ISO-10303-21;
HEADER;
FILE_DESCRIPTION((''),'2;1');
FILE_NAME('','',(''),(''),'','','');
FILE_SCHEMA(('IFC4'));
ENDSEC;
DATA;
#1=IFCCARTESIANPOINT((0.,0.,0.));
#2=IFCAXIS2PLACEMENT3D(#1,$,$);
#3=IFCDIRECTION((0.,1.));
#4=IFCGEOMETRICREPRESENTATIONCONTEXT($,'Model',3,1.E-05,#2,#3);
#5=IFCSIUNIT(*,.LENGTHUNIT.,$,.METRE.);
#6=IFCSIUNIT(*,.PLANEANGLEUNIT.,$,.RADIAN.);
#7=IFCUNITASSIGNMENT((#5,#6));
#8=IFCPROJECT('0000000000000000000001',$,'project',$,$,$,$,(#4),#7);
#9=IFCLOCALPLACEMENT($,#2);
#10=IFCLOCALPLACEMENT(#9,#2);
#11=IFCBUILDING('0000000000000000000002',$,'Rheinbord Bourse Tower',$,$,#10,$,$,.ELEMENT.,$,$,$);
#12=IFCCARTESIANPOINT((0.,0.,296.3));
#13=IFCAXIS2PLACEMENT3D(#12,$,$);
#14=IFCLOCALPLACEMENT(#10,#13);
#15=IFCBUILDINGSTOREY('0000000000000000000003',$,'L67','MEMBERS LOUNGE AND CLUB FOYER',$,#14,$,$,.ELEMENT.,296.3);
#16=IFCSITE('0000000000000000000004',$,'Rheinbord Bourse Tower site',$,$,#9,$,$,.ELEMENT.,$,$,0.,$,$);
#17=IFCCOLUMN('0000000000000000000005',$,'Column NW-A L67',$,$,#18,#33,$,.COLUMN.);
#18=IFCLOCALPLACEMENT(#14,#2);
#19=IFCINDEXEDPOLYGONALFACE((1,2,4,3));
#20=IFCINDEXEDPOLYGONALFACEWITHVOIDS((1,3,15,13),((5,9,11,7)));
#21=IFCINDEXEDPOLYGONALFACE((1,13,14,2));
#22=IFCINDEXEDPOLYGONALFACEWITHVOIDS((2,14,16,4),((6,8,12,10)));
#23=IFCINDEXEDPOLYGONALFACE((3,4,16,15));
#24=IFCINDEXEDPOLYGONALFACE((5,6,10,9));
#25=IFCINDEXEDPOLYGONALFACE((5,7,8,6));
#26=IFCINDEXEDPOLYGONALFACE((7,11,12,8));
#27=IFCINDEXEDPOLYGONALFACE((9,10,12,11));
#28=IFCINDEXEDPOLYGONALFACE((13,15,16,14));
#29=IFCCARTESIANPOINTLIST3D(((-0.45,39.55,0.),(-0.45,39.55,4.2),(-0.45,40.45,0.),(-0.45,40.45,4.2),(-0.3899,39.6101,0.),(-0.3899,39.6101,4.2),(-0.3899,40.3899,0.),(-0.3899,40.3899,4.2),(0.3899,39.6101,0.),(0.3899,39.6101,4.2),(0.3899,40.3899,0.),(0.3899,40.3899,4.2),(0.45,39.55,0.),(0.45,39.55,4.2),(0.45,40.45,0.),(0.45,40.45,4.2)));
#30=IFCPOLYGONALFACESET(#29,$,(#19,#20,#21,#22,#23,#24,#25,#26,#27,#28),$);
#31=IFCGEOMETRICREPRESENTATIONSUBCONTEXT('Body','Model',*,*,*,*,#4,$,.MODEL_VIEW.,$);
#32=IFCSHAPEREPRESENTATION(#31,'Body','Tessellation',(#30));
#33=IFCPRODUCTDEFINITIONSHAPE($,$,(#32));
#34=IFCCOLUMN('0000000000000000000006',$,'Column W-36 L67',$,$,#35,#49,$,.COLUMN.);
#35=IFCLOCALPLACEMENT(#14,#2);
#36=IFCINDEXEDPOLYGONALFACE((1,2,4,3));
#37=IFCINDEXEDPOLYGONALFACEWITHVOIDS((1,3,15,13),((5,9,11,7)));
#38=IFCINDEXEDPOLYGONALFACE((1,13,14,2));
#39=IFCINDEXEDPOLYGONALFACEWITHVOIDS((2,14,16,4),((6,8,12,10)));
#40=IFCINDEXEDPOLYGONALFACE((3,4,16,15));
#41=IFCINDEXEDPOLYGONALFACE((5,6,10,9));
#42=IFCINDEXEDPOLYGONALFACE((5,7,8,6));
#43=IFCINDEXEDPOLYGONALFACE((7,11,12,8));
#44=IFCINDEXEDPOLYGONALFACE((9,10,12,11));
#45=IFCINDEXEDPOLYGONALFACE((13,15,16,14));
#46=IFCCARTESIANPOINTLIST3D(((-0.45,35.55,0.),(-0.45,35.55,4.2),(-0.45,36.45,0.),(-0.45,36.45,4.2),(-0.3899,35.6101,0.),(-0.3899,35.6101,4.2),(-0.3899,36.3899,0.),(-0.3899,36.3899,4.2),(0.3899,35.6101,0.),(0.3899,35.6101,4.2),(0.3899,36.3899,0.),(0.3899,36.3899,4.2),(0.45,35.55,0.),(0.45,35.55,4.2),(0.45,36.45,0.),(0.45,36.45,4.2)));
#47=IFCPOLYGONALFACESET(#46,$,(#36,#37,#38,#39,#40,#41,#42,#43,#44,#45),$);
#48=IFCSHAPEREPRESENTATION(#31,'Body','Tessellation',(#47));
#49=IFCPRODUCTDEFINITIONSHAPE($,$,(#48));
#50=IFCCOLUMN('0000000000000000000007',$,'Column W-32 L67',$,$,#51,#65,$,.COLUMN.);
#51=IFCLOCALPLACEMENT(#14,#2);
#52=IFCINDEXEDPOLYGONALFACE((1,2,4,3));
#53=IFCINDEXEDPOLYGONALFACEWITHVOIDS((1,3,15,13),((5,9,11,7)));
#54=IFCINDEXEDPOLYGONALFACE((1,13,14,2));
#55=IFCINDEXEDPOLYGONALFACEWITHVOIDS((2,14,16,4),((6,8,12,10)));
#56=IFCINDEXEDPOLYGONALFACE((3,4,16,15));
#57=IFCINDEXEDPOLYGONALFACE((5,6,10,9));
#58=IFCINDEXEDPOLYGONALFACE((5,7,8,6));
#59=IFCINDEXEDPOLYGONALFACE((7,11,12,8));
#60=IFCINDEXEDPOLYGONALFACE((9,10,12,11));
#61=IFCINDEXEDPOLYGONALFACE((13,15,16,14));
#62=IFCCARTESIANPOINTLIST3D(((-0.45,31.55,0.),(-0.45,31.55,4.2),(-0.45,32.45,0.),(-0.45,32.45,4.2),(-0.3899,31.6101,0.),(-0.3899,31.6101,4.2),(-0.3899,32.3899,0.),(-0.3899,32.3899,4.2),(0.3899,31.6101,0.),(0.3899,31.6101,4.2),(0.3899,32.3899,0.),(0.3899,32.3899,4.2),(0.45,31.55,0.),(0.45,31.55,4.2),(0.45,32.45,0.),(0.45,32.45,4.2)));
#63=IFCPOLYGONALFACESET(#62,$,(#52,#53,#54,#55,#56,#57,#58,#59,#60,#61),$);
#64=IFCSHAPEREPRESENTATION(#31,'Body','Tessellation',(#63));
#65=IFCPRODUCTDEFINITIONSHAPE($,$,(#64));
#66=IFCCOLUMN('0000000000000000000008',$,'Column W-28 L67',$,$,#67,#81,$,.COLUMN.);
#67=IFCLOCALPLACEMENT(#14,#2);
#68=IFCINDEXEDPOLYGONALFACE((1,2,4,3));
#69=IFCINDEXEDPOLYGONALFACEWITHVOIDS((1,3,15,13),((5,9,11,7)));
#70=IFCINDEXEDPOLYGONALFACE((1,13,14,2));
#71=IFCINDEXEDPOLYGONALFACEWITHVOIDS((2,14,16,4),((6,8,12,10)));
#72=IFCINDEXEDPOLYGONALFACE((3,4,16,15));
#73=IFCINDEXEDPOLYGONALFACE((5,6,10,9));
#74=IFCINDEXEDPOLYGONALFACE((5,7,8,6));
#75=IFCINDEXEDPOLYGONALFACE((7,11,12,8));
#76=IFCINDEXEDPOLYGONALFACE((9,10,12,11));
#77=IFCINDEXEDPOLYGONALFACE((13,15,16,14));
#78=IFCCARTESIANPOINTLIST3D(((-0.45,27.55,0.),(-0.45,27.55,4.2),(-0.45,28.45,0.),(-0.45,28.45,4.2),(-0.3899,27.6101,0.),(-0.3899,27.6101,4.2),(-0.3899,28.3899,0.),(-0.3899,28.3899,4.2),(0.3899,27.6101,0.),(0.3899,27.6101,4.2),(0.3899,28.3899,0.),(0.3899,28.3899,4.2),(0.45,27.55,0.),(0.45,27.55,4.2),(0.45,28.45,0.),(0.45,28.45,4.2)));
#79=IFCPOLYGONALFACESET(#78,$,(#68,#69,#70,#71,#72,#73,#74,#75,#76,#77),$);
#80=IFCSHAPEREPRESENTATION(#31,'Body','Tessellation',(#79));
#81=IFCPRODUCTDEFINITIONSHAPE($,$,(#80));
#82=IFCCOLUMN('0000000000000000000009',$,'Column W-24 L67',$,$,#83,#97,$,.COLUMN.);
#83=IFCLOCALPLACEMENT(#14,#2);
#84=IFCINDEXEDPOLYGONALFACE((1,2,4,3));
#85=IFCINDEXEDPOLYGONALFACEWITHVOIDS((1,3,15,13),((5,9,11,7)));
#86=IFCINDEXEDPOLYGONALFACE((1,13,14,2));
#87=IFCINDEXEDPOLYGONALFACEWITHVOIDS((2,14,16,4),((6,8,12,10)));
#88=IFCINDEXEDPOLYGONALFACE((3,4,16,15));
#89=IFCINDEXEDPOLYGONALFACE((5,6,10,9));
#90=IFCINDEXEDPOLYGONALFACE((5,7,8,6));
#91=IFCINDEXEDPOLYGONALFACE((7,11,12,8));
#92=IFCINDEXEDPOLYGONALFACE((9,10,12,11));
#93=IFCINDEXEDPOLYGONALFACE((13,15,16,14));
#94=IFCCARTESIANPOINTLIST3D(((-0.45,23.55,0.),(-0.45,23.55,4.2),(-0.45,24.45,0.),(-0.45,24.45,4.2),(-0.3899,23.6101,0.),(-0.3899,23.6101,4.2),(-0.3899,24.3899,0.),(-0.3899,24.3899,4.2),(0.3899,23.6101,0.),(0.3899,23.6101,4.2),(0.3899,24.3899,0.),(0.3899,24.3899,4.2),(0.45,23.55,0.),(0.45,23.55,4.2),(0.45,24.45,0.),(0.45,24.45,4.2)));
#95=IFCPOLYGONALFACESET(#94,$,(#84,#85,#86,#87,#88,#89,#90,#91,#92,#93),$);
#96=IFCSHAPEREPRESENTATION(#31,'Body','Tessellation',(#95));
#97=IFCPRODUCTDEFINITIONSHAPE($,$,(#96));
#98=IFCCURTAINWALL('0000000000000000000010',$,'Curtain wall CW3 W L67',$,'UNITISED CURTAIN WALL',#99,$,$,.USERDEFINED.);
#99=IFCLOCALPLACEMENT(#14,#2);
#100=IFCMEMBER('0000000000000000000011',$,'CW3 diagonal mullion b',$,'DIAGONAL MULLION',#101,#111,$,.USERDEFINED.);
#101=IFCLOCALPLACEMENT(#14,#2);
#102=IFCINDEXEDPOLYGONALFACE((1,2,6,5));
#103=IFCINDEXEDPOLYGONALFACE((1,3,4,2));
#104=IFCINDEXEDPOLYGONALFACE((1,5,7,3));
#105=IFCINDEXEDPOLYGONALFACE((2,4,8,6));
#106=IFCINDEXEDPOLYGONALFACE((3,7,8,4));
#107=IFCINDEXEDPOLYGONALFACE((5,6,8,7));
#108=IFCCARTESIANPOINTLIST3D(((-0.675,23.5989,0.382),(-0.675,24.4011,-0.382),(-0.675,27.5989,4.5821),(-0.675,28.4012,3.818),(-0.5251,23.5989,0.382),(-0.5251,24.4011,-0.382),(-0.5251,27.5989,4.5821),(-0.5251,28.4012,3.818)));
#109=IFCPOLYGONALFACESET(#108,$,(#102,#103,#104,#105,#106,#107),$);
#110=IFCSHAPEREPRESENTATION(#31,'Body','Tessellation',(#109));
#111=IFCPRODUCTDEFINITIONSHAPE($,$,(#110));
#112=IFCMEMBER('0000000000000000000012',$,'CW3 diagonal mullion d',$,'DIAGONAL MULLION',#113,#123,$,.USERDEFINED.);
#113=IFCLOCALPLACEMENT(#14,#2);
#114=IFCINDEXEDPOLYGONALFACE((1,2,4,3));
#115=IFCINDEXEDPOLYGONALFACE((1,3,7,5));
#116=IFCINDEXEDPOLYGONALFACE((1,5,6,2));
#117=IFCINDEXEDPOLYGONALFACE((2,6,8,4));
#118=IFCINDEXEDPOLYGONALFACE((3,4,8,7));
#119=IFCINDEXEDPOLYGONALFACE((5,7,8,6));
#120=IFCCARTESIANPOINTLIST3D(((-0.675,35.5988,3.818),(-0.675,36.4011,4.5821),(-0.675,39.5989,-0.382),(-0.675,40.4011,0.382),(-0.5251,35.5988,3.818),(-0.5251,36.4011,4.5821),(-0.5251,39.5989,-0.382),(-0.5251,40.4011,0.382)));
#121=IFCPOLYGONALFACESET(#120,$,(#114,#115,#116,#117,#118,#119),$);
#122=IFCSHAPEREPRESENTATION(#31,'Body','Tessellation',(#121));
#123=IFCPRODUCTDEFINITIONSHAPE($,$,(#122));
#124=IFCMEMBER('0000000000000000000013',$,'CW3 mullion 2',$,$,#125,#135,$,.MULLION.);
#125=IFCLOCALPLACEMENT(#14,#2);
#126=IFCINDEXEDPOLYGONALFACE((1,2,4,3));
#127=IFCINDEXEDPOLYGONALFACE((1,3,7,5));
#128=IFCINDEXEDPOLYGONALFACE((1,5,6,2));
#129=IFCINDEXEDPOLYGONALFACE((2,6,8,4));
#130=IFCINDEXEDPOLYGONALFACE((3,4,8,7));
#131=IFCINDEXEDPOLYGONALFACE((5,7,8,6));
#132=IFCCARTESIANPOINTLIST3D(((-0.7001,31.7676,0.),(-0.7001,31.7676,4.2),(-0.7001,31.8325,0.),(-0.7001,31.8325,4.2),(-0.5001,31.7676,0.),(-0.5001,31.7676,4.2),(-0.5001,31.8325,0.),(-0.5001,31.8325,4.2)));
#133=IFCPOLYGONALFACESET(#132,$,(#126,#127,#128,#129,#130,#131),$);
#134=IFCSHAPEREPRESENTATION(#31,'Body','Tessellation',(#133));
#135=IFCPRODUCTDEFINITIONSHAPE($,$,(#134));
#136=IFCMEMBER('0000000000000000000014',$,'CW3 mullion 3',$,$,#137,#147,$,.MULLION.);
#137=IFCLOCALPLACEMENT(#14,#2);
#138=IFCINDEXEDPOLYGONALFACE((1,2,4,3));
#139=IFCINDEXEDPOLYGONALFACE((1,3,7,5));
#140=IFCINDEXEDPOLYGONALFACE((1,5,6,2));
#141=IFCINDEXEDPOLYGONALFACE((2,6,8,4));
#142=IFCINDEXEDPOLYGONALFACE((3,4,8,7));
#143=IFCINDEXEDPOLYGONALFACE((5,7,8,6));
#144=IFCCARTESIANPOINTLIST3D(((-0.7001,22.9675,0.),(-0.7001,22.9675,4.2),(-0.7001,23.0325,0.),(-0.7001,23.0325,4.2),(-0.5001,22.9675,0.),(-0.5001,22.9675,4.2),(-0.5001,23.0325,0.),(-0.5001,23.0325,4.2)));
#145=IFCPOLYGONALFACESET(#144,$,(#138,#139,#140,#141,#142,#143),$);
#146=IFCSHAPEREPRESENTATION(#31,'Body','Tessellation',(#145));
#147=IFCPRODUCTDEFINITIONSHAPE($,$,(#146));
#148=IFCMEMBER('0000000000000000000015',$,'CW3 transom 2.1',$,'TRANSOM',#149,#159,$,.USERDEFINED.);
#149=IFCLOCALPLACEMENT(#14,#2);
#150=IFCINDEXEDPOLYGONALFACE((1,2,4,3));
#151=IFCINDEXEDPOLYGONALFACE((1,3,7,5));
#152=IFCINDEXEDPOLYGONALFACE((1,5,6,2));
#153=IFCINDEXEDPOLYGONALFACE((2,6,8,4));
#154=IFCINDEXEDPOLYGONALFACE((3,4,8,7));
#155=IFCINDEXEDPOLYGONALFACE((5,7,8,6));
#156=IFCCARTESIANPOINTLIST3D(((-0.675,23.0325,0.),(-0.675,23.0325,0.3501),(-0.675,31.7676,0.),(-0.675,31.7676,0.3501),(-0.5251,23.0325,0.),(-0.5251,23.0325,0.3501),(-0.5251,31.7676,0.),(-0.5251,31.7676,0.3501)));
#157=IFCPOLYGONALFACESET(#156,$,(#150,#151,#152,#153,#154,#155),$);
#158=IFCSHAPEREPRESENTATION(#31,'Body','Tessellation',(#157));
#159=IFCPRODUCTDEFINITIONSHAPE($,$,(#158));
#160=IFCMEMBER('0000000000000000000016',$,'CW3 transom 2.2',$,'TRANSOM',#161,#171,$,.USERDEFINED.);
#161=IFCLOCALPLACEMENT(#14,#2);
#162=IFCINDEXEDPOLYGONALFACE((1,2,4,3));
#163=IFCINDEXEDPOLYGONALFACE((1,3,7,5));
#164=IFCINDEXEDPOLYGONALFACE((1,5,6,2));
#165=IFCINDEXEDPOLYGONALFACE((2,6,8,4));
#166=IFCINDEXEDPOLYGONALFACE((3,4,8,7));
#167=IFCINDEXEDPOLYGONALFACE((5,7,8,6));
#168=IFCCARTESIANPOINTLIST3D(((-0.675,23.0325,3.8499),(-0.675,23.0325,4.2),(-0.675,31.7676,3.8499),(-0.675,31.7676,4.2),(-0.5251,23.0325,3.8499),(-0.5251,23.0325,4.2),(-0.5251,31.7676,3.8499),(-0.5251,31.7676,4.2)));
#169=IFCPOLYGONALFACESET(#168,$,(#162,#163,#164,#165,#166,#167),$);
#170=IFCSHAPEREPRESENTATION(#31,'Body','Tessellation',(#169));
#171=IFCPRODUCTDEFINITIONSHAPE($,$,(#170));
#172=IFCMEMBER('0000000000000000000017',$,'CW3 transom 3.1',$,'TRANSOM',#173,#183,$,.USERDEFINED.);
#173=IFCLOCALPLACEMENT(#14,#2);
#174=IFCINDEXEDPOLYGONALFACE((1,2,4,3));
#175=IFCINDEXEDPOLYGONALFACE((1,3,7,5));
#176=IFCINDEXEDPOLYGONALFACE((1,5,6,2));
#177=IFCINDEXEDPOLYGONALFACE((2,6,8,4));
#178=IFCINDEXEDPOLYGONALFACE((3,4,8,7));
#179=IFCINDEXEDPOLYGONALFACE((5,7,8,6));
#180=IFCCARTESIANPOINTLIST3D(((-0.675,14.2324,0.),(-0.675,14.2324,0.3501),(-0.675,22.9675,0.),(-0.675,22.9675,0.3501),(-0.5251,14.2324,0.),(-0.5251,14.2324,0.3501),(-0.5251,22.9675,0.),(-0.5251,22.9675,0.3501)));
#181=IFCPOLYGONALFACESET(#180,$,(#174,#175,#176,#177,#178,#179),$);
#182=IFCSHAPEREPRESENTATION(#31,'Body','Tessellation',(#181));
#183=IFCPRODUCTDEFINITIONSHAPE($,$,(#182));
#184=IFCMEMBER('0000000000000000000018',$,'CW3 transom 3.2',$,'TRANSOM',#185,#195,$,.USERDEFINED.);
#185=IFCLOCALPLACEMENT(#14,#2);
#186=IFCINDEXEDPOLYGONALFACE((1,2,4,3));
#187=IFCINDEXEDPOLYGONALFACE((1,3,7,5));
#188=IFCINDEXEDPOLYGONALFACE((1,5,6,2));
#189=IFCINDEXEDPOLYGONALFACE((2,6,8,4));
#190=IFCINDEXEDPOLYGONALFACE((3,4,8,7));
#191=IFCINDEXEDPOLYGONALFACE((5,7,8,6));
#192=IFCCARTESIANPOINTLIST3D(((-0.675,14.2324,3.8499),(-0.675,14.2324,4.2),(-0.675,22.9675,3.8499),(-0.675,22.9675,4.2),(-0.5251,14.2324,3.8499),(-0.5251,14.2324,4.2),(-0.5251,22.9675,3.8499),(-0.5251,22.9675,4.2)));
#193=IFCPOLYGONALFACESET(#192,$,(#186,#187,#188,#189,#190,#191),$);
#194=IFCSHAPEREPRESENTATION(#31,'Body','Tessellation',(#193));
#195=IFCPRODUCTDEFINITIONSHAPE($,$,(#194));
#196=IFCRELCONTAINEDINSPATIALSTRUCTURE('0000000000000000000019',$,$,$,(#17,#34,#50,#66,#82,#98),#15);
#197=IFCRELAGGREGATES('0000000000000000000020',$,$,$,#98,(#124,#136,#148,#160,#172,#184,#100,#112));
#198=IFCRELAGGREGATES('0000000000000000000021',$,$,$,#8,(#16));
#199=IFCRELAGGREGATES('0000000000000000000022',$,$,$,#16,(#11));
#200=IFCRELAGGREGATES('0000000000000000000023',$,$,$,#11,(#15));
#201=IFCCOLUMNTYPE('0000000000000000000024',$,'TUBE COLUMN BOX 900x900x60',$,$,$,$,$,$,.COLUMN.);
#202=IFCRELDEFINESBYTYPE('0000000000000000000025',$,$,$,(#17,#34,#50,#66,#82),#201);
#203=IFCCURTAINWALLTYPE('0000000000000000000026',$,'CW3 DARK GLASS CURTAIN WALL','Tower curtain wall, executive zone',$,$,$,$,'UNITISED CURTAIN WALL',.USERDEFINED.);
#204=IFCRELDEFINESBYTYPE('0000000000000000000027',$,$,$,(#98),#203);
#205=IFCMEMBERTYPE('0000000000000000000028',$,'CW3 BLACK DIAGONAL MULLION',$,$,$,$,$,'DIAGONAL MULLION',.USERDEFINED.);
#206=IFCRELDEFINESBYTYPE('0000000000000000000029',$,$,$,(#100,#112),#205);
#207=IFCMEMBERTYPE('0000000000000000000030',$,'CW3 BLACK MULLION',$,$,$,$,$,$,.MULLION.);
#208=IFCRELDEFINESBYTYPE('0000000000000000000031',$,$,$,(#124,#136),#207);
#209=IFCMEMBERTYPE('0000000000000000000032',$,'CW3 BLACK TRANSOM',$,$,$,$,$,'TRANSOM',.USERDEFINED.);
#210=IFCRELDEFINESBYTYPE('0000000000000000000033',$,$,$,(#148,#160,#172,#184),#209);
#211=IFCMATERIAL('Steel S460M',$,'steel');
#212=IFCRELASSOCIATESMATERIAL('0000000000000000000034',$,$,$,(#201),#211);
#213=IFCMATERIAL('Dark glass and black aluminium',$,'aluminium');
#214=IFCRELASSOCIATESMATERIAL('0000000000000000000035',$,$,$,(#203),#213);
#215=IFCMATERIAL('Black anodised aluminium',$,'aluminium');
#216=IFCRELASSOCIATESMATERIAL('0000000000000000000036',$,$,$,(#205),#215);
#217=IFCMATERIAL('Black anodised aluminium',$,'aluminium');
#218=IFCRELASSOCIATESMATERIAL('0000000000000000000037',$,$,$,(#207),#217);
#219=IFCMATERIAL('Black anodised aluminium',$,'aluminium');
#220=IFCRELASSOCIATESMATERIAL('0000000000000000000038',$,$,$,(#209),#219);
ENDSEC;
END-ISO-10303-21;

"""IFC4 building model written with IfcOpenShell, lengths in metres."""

from ifc_helpers import new_model, si_unit, direction, frame, origin, origin_2d, place, context, subcontext, project, spatial, rectangle, hollow_rectangle, extrude, material, material_profile, profile_set, type_object, element, aggregate, save


model = new_model("IFC4")

# Units and contexts
model_context = context("Model", 3, precision=1e-05, world=origin(), true_north=direction((0.0, 1.0)))
body_context = subcontext(model_context, "Body", "Model", "MODEL_VIEW")
ifc_project = project(units=[si_unit("LENGTHUNIT", "METRE"), si_unit("PLANEANGLEUNIT", "RADIAN")], contexts=[model_context])

# Site, building, storey
site_placement = place(None, origin())
site = spatial("IfcSite", under=ifc_project, at=site_placement, Name="Rheinbord Bourse Tower site", CompositionType="ELEMENT", RefElevation=0.0)
building_placement = place(site_placement, origin())
building = spatial("IfcBuilding", under=site, at=building_placement, Name="Rheinbord Bourse Tower", CompositionType="ELEMENT")
storey_placement = place(building_placement, frame((0.0, 0.0, 296.3)))
storey = spatial("IfcBuildingStorey", under=building, at=storey_placement, Name="L67", Description="MEMBERS LOUNGE AND CLUB FOYER", CompositionType="ELEMENT", Elevation=296.3)

# Columns
ifc_material_1 = material(Name="Steel S460M", Category="steel")
ifc_material_profile_1 = material_profile(ifc_material_1, hollow_rectangle(XDim=0.8999, YDim=0.8999, WallThickness=0.0601, at=origin_2d()), Name="BOX 900x900x60")
ifc_profile_set_1 = profile_set([ifc_material_profile_1], Name="Steel S460M")
column_type = type_object("IfcColumnType", Name="TUBE COLUMN BOX 900x900x60", PredefinedType="COLUMN", material=ifc_profile_set_1)
for number, where, z_axis, x_axis, name in (
    (1, (0.0, 40.0, 0.0), (0.0, 0.0, 1.0), (1.0, 0.0, 0.0), "Column NW-A L67"),
    (2, (0.0, 36.0, 0.0), (0.0, 0.0, 1.0), (1.0, 0.0, 0.0), "Column W-36 L67"),
    (3, (0.0, 32.0, 0.0), (0.0, 0.0, 1.0), (1.0, 0.0, 0.0), "Column W-32 L67"),
    (4, (0.0, 28.0, 0.0), (0.0, 0.0, 1.0), (1.0, 0.0, 0.0), "Column W-28 L67"),
    (5, (0.0, 24.0, 0.0), (0.0, 0.0, 1.0), (1.0, 0.0, 0.0), "Column W-24 L67"),
):
    element("IfcColumn", number, at=place(storey_placement, frame(where, z_axis=z_axis, x_axis=x_axis)), inside=storey, type_object=column_type, Name=name, PredefinedType="COLUMN", context=body_context, shape_type="SweptSolid", body=[
        extrude(hollow_rectangle(XDim=0.8999, YDim=0.8999, WallThickness=0.0601, at=origin_2d()), origin(), (0.0, 0.0, 1.0), 4.2),
    ])

# Curtain wall, members
ifc_material_2 = material(Name="Dark glass and black aluminium", Category="aluminium")
curtain_wall_type = type_object("IfcCurtainWallType", Name="CW3 DARK GLASS CURTAIN WALL", Description="Tower curtain wall, executive zone", ElementType="UNITISED CURTAIN WALL", PredefinedType="USERDEFINED", material=ifc_material_2)
curtain_wall_placement = place(storey_placement, origin())
curtain_wall = element("IfcCurtainWall", 6, at=curtain_wall_placement, inside=storey, type_object=curtain_wall_type, Name="Curtain wall CW3 W L67", ObjectType="UNITISED CURTAIN WALL", PredefinedType="USERDEFINED")
ifc_material_3 = material(Name="Black anodised aluminium", Category="aluminium")
ifc_material_profile_2 = material_profile(ifc_material_3, rectangle(XDim=0.1499, YDim=1.1079, at=origin_2d()), Name="CW3 DIAGONAL MULLION 1108x150")
ifc_profile_set_2 = profile_set([ifc_material_profile_2], Name="Black anodised aluminium")
member_type_1 = type_object("IfcMemberType", Name="CW3 BLACK DIAGONAL MULLION", ElementType="DIAGONAL MULLION", PredefinedType="USERDEFINED", material=ifc_profile_set_2)
member_1_placement = place(storey_placement, frame((-0.6001, 24.0, 0.0), z_axis=(0.0, 0.689659, 0.724134), x_axis=(-1.0, 0.0, 0.0)))
member_1 = element("IfcMember", 7, at=member_1_placement, type_object=member_type_1, Name="CW3 diagonal mullion b", ObjectType="DIAGONAL MULLION", PredefinedType="USERDEFINED", context=body_context, shape_type="SweptSolid", body=[
    extrude(rectangle(XDim=0.1499, YDim=1.1079, at=origin_2d()), origin(), (0.0, 0.0, 1.0), 5.8),
])
member_2_placement = place(storey_placement, frame((-0.6001, 40.0, 0.0), z_axis=(0.0, -0.689659, 0.724134), x_axis=(1.0, 0.0, 0.0)))
member_2 = element("IfcMember", 8, at=member_2_placement, type_object=member_type_1, Name="CW3 diagonal mullion d", ObjectType="DIAGONAL MULLION", PredefinedType="USERDEFINED", context=body_context, shape_type="SweptSolid", body=[
    extrude(rectangle(XDim=0.1499, YDim=1.1079, at=origin_2d()), origin(), (0.0, 0.0, 1.0), 5.8),
])
ifc_material_4 = material(Name="Black anodised aluminium", Category="aluminium")
ifc_material_profile_3 = material_profile(ifc_material_4, rectangle(XDim=0.2, YDim=0.0649, at=origin_2d()), Name="CW3 MULLION 65x200")
ifc_profile_set_3 = profile_set([ifc_material_profile_3], Name="Black anodised aluminium")
member_type_2 = type_object("IfcMemberType", Name="CW3 BLACK MULLION", PredefinedType="MULLION", material=ifc_profile_set_3)
member_3_placement = place(storey_placement, frame((-0.6001, 31.8, 0.0), z_axis=(0.0, 0.0, 1.0), x_axis=(1.0, 0.0, 0.0)))
member_3 = element("IfcMember", 9, at=member_3_placement, type_object=member_type_2, Name="CW3 mullion 2", PredefinedType="MULLION", context=body_context, shape_type="SweptSolid", body=[
    extrude(rectangle(XDim=0.2, YDim=0.0649, at=origin_2d()), origin(), (0.0, 0.0, 1.0), 4.2),
])
member_4_placement = place(storey_placement, frame((-0.6001, 23.0, 0.0), z_axis=(0.0, 0.0, 1.0), x_axis=(1.0, 0.0, 0.0)))
member_4 = element("IfcMember", 10, at=member_4_placement, type_object=member_type_2, Name="CW3 mullion 3", PredefinedType="MULLION", context=body_context, shape_type="SweptSolid", body=[
    extrude(rectangle(XDim=0.2, YDim=0.0649, at=origin_2d()), origin(), (0.0, 0.0, 1.0), 4.2),
])
ifc_material_5 = material(Name="Black anodised aluminium", Category="aluminium")
ifc_material_profile_4 = material_profile(ifc_material_5, rectangle(XDim=0.1499, YDim=0.3501, at=origin_2d()), Name="CW3 TRANSOM 350x150")
ifc_profile_set_4 = profile_set([ifc_material_profile_4], Name="Black anodised aluminium")
member_type_3 = type_object("IfcMemberType", Name="CW3 BLACK TRANSOM", ElementType="TRANSOM", PredefinedType="USERDEFINED", material=ifc_profile_set_4)
member_5_placement = place(storey_placement, frame((-0.6001, 31.7676, 0.175), z_axis=(0.0, -1.0, 0.0), x_axis=(1.0, 0.0, 0.0)))
member_5 = element("IfcMember", 11, at=member_5_placement, type_object=member_type_3, Name="CW3 transom 2.1", ObjectType="TRANSOM", PredefinedType="USERDEFINED", context=body_context, shape_type="SweptSolid", body=[
    extrude(rectangle(XDim=0.1499, YDim=0.3501, at=origin_2d()), origin(), (0.0, 0.0, 1.0), 8.7351),
])
member_6_placement = place(storey_placement, frame((-0.6001, 31.7676, 4.0249), z_axis=(0.0, -1.0, 0.0), x_axis=(1.0, 0.0, 0.0)))
member_6 = element("IfcMember", 12, at=member_6_placement, type_object=member_type_3, Name="CW3 transom 2.2", ObjectType="TRANSOM", PredefinedType="USERDEFINED", context=body_context, shape_type="SweptSolid", body=[
    extrude(rectangle(XDim=0.1499, YDim=0.3501, at=origin_2d()), origin(), (0.0, 0.0, 1.0), 8.7351),
])
member_7_placement = place(storey_placement, frame((-0.6001, 22.9675, 0.175), z_axis=(0.0, -1.0, 0.0), x_axis=(1.0, 0.0, 0.0)))
member_7 = element("IfcMember", 13, at=member_7_placement, type_object=member_type_3, Name="CW3 transom 3.1", ObjectType="TRANSOM", PredefinedType="USERDEFINED", context=body_context, shape_type="SweptSolid", body=[
    extrude(rectangle(XDim=0.1499, YDim=0.3501, at=origin_2d()), origin(), (0.0, 0.0, 1.0), 8.7351),
])
member_8_placement = place(storey_placement, frame((-0.6001, 22.9675, 4.0249), z_axis=(0.0, -1.0, 0.0), x_axis=(1.0, 0.0, 0.0)))
member_8 = element("IfcMember", 14, at=member_8_placement, type_object=member_type_3, Name="CW3 transom 3.2", ObjectType="TRANSOM", PredefinedType="USERDEFINED", context=body_context, shape_type="SweptSolid", body=[
    extrude(rectangle(XDim=0.1499, YDim=0.3501, at=origin_2d()), origin(), (0.0, 0.0, 1.0), 8.7351),
])

aggregate(curtain_wall, [member_3, member_4, member_5, member_6, member_7, member_8, member_1, member_2])

save(model, "model.ifc")
